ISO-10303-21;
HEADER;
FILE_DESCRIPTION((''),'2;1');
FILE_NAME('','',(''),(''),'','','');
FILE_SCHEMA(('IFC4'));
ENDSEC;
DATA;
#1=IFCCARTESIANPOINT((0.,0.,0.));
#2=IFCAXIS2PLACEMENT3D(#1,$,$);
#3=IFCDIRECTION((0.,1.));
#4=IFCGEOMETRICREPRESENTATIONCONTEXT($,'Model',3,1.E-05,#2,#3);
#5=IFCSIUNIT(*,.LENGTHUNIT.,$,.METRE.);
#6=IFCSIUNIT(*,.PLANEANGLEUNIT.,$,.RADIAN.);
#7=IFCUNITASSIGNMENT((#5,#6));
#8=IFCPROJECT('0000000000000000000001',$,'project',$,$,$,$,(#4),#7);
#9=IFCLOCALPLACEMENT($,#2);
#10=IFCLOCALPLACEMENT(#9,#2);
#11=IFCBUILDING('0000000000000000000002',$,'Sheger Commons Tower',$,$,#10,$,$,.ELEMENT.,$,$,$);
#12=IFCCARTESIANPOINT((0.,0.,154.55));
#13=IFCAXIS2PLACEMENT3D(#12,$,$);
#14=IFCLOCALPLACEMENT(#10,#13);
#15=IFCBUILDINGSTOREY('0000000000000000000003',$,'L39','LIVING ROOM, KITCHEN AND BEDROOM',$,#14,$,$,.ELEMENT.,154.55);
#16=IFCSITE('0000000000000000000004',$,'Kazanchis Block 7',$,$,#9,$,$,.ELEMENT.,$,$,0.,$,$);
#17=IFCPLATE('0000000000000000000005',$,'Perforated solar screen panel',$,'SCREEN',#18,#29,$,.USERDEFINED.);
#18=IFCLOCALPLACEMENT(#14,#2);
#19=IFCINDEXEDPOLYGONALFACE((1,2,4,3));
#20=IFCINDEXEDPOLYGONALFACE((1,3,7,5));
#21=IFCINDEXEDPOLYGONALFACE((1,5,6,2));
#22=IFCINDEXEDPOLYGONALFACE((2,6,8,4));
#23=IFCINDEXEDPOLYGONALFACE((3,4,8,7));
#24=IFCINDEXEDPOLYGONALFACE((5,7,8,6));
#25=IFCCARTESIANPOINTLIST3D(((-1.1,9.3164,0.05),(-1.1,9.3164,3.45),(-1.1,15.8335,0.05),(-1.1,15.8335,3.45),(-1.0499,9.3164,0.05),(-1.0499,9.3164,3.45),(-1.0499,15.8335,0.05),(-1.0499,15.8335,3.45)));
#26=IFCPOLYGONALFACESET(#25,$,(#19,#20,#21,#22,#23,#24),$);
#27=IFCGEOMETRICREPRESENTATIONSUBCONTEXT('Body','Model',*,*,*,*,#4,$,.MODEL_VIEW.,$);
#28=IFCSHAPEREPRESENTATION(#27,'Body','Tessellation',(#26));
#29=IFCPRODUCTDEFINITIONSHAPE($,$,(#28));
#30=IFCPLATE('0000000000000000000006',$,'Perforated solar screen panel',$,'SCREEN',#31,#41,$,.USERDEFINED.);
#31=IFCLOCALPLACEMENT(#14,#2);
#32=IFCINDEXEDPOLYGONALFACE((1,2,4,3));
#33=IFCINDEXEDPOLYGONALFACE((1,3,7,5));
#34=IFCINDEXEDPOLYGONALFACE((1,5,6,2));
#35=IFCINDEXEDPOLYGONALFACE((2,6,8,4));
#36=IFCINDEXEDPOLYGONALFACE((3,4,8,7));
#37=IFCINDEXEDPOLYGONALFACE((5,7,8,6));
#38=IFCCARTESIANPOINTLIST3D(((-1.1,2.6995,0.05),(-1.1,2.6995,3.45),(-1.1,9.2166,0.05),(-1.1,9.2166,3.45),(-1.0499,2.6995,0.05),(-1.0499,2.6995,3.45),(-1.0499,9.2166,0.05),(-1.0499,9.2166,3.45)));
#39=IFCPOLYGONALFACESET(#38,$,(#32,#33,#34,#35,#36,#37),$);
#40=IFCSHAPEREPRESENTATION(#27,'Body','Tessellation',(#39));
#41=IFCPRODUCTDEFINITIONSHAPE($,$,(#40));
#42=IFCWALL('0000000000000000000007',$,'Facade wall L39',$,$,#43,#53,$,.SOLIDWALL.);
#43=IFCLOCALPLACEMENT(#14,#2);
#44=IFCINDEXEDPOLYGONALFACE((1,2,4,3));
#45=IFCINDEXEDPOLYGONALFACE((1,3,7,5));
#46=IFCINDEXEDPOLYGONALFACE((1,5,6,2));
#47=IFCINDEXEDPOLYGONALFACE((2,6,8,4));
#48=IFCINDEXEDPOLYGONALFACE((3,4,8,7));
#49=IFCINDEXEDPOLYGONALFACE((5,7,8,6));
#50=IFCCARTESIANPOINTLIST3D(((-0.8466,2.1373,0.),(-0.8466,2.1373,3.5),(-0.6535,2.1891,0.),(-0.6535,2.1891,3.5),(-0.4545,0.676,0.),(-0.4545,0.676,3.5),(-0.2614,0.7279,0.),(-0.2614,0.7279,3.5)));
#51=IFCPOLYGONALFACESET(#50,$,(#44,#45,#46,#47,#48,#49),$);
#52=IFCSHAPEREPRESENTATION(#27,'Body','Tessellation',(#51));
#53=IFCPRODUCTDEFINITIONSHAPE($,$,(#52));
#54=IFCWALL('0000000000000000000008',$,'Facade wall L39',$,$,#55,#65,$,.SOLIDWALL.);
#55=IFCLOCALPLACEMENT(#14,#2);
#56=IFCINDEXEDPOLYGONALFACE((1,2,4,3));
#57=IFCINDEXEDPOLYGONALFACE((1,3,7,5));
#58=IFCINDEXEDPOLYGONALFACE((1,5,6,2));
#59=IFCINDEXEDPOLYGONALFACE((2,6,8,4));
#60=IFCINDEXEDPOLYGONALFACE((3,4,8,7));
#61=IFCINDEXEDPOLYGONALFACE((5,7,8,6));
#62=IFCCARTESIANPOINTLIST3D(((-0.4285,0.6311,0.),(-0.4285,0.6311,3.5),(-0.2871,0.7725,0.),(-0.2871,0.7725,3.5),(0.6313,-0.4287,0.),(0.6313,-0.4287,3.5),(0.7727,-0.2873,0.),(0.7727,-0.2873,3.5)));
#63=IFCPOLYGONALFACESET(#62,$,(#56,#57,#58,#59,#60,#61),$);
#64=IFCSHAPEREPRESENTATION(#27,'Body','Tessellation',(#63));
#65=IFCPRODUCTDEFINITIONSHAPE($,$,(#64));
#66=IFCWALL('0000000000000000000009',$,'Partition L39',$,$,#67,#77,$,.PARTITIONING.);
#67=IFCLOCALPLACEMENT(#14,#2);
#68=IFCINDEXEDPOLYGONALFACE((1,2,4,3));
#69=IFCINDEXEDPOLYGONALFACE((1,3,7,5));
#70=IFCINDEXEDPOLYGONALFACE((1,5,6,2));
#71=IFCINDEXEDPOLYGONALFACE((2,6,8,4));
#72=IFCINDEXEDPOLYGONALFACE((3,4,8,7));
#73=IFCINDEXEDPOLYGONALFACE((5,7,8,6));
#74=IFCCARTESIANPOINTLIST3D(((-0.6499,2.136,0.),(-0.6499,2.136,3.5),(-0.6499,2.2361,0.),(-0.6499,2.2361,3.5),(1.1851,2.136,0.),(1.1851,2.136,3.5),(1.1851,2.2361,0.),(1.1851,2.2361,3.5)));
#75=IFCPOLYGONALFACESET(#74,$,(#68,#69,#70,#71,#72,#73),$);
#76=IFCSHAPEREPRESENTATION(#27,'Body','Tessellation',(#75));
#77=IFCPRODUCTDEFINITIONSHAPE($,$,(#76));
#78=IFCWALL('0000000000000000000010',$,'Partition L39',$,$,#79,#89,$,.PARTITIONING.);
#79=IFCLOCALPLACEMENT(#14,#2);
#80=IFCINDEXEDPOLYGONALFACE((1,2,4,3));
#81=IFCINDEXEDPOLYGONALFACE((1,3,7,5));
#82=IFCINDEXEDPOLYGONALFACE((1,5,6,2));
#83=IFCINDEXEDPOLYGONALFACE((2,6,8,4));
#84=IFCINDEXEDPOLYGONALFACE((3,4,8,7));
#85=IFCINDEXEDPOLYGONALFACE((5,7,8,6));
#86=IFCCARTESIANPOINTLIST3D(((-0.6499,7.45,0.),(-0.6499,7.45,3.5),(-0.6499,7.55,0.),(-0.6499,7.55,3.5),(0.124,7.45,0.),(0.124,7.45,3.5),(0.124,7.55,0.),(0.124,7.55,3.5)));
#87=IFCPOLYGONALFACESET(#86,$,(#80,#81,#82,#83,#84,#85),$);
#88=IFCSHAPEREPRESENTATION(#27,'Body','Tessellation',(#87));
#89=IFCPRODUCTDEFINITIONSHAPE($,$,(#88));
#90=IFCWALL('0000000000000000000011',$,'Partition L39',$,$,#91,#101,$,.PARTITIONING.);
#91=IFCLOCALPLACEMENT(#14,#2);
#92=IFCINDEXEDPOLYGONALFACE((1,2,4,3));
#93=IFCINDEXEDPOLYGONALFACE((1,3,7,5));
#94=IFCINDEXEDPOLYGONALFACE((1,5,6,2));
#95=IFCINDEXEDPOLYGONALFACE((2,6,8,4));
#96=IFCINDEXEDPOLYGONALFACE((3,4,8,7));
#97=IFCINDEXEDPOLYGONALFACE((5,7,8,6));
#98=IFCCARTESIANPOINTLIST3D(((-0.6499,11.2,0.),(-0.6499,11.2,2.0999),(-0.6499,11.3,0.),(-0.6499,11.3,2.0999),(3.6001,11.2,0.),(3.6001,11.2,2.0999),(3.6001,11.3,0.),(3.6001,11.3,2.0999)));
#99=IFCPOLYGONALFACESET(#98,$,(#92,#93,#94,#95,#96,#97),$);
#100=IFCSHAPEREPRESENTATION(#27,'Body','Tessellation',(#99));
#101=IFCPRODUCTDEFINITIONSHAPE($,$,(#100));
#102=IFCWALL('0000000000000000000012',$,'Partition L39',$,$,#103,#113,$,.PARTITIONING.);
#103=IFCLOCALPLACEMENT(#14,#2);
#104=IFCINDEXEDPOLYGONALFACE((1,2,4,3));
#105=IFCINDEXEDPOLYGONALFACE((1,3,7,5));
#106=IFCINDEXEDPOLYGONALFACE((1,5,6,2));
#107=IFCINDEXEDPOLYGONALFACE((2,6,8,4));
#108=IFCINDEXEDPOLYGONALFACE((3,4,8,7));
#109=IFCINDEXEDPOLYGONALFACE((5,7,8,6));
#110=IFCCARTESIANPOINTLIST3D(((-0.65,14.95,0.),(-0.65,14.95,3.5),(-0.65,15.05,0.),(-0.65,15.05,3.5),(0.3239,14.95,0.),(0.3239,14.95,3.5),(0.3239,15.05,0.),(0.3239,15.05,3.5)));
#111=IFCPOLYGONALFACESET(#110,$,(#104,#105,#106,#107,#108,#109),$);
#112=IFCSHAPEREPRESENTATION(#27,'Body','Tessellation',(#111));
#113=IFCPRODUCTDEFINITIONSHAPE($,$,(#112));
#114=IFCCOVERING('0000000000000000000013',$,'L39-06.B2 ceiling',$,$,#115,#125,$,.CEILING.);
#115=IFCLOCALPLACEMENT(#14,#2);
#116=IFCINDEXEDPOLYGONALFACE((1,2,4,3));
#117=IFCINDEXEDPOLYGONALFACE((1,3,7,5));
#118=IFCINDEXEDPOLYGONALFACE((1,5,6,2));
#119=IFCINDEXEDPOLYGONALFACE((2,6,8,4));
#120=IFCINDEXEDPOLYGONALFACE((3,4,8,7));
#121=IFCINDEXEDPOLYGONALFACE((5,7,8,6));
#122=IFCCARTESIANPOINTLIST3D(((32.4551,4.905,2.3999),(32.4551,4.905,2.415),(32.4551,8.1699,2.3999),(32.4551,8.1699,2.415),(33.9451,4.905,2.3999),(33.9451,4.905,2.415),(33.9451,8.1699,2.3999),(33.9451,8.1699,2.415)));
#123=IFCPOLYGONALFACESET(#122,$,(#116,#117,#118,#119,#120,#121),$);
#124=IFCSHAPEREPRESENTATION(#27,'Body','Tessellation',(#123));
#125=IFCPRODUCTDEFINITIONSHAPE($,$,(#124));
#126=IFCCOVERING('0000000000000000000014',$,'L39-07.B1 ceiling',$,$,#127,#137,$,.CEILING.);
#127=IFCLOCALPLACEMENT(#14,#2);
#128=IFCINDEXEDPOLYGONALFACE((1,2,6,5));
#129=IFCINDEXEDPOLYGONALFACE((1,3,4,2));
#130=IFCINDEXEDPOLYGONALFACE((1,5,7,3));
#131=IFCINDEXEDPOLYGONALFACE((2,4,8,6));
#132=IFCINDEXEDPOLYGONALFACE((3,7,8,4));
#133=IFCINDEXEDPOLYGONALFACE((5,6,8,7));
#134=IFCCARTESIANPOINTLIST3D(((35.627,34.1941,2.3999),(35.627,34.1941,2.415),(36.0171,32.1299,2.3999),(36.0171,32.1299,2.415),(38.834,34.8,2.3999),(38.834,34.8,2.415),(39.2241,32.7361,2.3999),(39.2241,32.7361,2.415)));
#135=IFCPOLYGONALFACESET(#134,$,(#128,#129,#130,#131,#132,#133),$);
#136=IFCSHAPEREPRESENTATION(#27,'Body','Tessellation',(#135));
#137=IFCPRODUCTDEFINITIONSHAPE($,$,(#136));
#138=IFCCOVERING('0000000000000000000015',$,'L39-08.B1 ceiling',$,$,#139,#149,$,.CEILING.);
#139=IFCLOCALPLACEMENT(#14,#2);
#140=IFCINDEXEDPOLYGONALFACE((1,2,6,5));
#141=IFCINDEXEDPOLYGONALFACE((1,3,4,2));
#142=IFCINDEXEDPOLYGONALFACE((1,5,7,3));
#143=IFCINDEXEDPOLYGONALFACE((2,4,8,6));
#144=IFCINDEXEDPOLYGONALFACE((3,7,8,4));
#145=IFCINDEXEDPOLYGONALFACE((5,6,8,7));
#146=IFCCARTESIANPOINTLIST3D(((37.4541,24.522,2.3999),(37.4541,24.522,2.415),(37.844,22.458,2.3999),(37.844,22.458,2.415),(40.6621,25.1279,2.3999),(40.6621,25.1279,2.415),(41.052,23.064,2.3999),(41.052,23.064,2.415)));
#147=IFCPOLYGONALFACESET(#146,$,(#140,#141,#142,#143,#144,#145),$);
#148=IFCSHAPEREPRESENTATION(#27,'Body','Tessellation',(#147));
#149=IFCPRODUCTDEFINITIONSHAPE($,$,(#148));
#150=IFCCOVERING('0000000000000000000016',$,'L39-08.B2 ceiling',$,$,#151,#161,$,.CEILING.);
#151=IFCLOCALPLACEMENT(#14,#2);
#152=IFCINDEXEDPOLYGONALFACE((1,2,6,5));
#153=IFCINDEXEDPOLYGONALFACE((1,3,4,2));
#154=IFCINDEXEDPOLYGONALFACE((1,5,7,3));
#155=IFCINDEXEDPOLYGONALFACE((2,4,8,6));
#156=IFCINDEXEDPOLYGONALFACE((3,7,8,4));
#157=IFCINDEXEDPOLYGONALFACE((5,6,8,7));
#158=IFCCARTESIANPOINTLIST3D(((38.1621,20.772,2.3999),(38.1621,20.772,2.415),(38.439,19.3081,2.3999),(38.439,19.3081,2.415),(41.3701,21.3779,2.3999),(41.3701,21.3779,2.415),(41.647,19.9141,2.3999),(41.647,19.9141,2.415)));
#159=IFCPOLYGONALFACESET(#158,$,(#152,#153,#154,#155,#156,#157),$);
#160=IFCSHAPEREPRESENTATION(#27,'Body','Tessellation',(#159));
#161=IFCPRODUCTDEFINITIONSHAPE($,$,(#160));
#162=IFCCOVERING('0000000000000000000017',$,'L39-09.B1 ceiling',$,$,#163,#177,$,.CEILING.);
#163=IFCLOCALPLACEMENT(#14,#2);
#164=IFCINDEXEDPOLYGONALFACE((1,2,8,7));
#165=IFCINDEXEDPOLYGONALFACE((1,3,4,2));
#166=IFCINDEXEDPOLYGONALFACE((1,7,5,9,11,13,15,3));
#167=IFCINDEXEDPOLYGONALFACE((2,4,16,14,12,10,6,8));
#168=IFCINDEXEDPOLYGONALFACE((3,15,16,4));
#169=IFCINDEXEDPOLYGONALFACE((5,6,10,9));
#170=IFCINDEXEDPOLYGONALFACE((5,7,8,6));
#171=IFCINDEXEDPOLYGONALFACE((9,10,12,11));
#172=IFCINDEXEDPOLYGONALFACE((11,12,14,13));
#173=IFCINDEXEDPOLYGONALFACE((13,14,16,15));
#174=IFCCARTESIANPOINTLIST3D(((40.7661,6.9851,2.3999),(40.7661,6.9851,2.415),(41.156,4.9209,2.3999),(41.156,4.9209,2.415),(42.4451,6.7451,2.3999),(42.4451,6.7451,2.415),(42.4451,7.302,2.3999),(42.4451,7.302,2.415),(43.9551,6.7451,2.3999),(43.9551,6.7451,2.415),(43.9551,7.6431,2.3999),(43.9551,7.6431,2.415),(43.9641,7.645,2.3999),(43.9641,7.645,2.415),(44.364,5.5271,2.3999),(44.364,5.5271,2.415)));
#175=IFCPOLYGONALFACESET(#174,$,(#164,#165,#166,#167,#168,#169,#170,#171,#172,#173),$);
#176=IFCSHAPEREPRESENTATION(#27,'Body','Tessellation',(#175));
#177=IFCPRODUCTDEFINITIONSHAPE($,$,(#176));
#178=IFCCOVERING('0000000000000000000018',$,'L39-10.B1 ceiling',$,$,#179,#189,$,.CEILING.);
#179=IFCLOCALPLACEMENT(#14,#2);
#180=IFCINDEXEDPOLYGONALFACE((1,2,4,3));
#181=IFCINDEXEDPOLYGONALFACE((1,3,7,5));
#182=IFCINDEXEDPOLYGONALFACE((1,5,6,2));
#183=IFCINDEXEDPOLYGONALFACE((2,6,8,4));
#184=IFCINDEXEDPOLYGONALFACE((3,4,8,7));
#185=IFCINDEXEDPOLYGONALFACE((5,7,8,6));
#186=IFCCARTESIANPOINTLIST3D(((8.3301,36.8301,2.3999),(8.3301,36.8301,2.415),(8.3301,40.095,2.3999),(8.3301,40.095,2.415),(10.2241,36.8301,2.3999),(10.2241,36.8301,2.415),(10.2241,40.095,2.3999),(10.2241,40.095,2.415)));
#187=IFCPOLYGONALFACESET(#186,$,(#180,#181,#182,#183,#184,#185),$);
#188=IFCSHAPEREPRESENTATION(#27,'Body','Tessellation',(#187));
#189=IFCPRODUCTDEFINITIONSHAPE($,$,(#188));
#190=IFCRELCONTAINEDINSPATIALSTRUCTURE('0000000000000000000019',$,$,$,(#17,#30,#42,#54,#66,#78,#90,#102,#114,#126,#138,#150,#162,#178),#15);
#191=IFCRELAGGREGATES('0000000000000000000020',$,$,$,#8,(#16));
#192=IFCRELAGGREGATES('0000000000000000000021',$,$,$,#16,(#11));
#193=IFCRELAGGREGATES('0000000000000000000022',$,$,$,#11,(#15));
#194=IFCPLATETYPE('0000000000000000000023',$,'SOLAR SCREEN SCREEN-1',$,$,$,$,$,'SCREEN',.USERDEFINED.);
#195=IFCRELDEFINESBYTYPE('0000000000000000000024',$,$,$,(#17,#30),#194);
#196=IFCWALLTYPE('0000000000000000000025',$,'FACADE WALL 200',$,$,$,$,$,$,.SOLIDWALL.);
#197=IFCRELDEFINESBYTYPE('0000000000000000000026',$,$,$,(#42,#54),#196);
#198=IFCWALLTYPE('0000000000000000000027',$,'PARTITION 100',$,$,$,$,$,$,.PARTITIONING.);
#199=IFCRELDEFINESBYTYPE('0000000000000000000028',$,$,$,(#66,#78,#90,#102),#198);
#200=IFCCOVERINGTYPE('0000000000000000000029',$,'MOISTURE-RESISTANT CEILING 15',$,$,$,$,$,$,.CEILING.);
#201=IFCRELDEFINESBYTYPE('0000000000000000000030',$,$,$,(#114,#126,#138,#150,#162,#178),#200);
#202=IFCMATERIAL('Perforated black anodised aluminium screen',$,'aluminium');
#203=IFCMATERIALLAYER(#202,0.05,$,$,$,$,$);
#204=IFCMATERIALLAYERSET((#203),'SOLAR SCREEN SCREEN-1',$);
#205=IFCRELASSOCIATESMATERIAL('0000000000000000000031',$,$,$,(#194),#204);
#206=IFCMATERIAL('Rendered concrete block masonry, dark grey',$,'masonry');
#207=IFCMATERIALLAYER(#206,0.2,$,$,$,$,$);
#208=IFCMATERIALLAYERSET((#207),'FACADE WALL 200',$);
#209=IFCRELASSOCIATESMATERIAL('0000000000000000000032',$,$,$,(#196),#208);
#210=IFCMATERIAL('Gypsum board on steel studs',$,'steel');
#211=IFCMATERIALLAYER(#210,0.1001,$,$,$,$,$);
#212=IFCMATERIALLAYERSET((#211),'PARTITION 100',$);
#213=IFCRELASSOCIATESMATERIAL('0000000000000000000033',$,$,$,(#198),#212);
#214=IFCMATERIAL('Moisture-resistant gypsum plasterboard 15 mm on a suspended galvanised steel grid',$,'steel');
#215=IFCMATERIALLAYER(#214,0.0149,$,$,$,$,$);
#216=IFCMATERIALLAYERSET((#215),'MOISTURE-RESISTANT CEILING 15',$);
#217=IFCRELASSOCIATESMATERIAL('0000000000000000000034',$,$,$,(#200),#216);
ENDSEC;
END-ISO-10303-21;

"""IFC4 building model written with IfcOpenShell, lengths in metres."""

from ifc_helpers import new_model, si_unit, direction, frame, frame_2d, origin, origin_2d, place, context, subcontext, project, spatial, polyline, rectangle, outline, extrude, material, layer, layer_set, type_object, element, save


model = new_model("IFC4")

# Units and contexts
model_context = context("Model", 3, precision=1e-05, world=origin(), true_north=direction((0.0, 1.0)))
body_context = subcontext(model_context, "Body", "Model", "MODEL_VIEW")
ifc_project = project(units=[si_unit("LENGTHUNIT", "METRE"), si_unit("PLANEANGLEUNIT", "RADIAN")], contexts=[model_context])

# Site, building, storey
site_placement = place(None, origin())
site = spatial("IfcSite", under=ifc_project, at=site_placement, Name="Kazanchis Block 7", CompositionType="ELEMENT", RefElevation=0.0)
building_placement = place(site_placement, origin())
building = spatial("IfcBuilding", under=site, at=building_placement, Name="Sheger Commons Tower", CompositionType="ELEMENT")
storey_placement = place(building_placement, frame((0.0, 0.0, 154.55)))
storey = spatial("IfcBuildingStorey", under=building, at=storey_placement, Name="L39", Description="LIVING ROOM, KITCHEN AND BEDROOM", CompositionType="ELEMENT", Elevation=154.55)

# Plates
ifc_material_1 = material(Name="Perforated black anodised aluminium screen", Category="aluminium")
ifc_layer_1 = layer(ifc_material_1, 0.05)
ifc_layer_set_1 = layer_set([ifc_layer_1], Name="SOLAR SCREEN SCREEN-1")
plate_type = type_object("IfcPlateType", Name="SOLAR SCREEN SCREEN-1", ElementType="SCREEN", PredefinedType="USERDEFINED", material=ifc_layer_set_1)
for number, where, z_axis, x_axis, name in (
    (1, (-1.075, 12.575, 0.05), (0.0, 0.0, 1.0), (0.0, -1.0, 0.0), "Perforated solar screen panel"),
    (2, (-1.075, 5.958, 0.05), (0.0, 0.0, 1.0), (0.0, -1.0, 0.0), "Perforated solar screen panel"),
):
    element("IfcPlate", number, at=place(storey_placement, frame(where, z_axis=z_axis, x_axis=x_axis)), inside=storey, type_object=plate_type, Name=name, ObjectType="SCREEN", PredefinedType="USERDEFINED", context=body_context, shape_type="SweptSolid", body=[
        extrude(rectangle(XDim=6.5171, YDim=0.05, at=origin_2d()), origin(), (0.0, 0.0, 1.0), 3.3999),
    ])

# Walls
ifc_material_2 = material(Name="Rendered concrete block masonry, dark grey", Category="masonry")
ifc_layer_2 = layer(ifc_material_2, 0.2)
ifc_layer_set_2 = layer_set([ifc_layer_2], Name="FACADE WALL 200")
wall_type_1 = type_object("IfcWallType", Name="FACADE WALL 200", PredefinedType="SOLIDWALL", material=ifc_layer_set_2)
wall_1_placement = place(storey_placement, frame((-0.75, 2.1631, 0.0), z_axis=(0.0, 0.0, 1.0), x_axis=(0.259169, -0.965832, 0.0)))
element("IfcWall", 3, at=wall_1_placement, inside=storey, type_object=wall_type_1, Name="Facade wall L39", PredefinedType="SOLIDWALL", context=body_context, shape_type="SweptSolid", body=[
    extrude(rectangle(XDim=1.5129, YDim=0.2, at=frame_2d((0.7563, 0.0))), origin(), (0.0, 0.0, 1.0), 3.5),
])
wall_2_placement = place(storey_placement, frame((-0.3579, 0.7019, 0.0), z_axis=(0.0, 0.0, 1.0), x_axis=(0.707107, -0.707107, 0.0)))
element("IfcWall", 4, at=wall_2_placement, inside=storey, type_object=wall_type_1, Name="Facade wall L39", PredefinedType="SOLIDWALL", context=body_context, shape_type="SweptSolid", body=[
    extrude(rectangle(XDim=1.4988, YDim=0.2, at=frame_2d((0.7495, 0.0))), origin(), (0.0, 0.0, 1.0), 3.5),
])
ifc_material_3 = material(Name="Gypsum board on steel studs", Category="steel")
ifc_layer_3 = layer(ifc_material_3, 0.1001)
ifc_layer_set_3 = layer_set([ifc_layer_3], Name="PARTITION 100")
wall_type_2 = type_object("IfcWallType", Name="PARTITION 100", PredefinedType="PARTITIONING", material=ifc_layer_set_3)
wall_3_placement = place(storey_placement, frame((-0.6499, 2.186, 0.0), z_axis=(0.0, 0.0, 1.0), x_axis=(1.0, 0.0, 0.0)))
element("IfcWall", 5, at=wall_3_placement, inside=storey, type_object=wall_type_2, Name="Partition L39", PredefinedType="PARTITIONING", context=body_context, shape_type="SweptSolid", body=[
    extrude(rectangle(XDim=1.835, YDim=0.1001, at=frame_2d((0.9175, 0.0))), origin(), (0.0, 0.0, 1.0), 3.5),
])
wall_4_placement = place(storey_placement, frame((-0.6499, 7.5, 0.0), z_axis=(0.0, 0.0, 1.0), x_axis=(1.0, 0.0, 0.0)))
element("IfcWall", 6, at=wall_4_placement, inside=storey, type_object=wall_type_2, Name="Partition L39", PredefinedType="PARTITIONING", context=body_context, shape_type="SweptSolid", body=[
    extrude(rectangle(XDim=0.7739, YDim=0.1001, at=frame_2d((0.387, 0.0))), origin(), (0.0, 0.0, 1.0), 3.5),
])
wall_5_placement = place(storey_placement, frame((-0.6499, 11.25, 0.0), z_axis=(0.0, 0.0, 1.0), x_axis=(1.0, 0.0, 0.0)))
element("IfcWall", 7, at=wall_5_placement, inside=storey, type_object=wall_type_2, Name="Partition L39", PredefinedType="PARTITIONING", context=body_context, shape_type="SweptSolid", body=[
    extrude(rectangle(XDim=4.25, YDim=0.1001, at=frame_2d((2.125, 0.0))), origin(), (0.0, 0.0, 1.0), 2.0999),
])
wall_6_placement = place(storey_placement, frame((-0.6499, 15.0, 0.0), z_axis=(0.0, 0.0, 1.0), x_axis=(1.0, 0.0, 0.0)))
element("IfcWall", 8, at=wall_6_placement, inside=storey, type_object=wall_type_2, Name="Partition L39", PredefinedType="PARTITIONING", context=body_context, shape_type="SweptSolid", body=[
    extrude(rectangle(XDim=0.9739, YDim=0.1001, at=frame_2d((0.4868, 0.0))), origin(), (0.0, 0.0, 1.0), 3.5),
])

# Coverings
ifc_material_4 = material(Name="Moisture-resistant gypsum plasterboard 15 mm on a suspended galvanised steel grid", Category="steel")
ifc_layer_4 = layer(ifc_material_4, 0.0149)
ifc_layer_set_4 = layer_set([ifc_layer_4], Name="MOISTURE-RESISTANT CEILING 15")
covering_type_1 = type_object("IfcCoveringType", Name="MOISTURE-RESISTANT CEILING 15", PredefinedType="CEILING", material=ifc_layer_set_4)
covering_1_placement = place(storey_placement, frame((0.0, 0.0, 2.3999)))
element("IfcCovering", 9, at=covering_1_placement, inside=storey, type_object=covering_type_1, Name="L39-06.B2 ceiling", PredefinedType="CEILING", context=body_context, shape_type="SweptSolid", body=[
    extrude(outline(polyline([(32.4551, 4.905), (33.9451, 4.905), (33.9451, 8.1699), (32.4551, 8.1699), (32.4551, 4.905)])), origin(), (0.0, 0.0, 1.0), 0.0151),
])
covering_2_placement = place(storey_placement, frame((0.0, 0.0, 2.3999)))
element("IfcCovering", 10, at=covering_2_placement, inside=storey, type_object=covering_type_1, Name="L39-07.B1 ceiling", PredefinedType="CEILING", context=body_context, shape_type="SweptSolid", body=[
    extrude(outline(polyline([(36.0171, 32.1299), (39.2241, 32.7361), (38.834, 34.8), (35.627, 34.1941), (36.0171, 32.1299)])), origin(), (0.0, 0.0, 1.0), 0.0151),
])
covering_3_placement = place(storey_placement, frame((0.0, 0.0, 2.3999)))
element("IfcCovering", 11, at=covering_3_placement, inside=storey, type_object=covering_type_1, Name="L39-08.B1 ceiling", PredefinedType="CEILING", context=body_context, shape_type="SweptSolid", body=[
    extrude(outline(polyline([(37.844, 22.458), (41.052, 23.064), (40.6621, 25.1279), (37.4541, 24.522), (37.844, 22.458)])), origin(), (0.0, 0.0, 1.0), 0.0151),
])
covering_4_placement = place(storey_placement, frame((0.0, 0.0, 2.3999)))
element("IfcCovering", 12, at=covering_4_placement, inside=storey, type_object=covering_type_1, Name="L39-08.B2 ceiling", PredefinedType="CEILING", context=body_context, shape_type="SweptSolid", body=[
    extrude(outline(polyline([(38.439, 19.3081), (41.647, 19.9141), (41.3701, 21.3779), (38.1621, 20.772), (38.439, 19.3081)])), origin(), (0.0, 0.0, 1.0), 0.0151),
])
covering_5_placement = place(storey_placement, frame((0.0, 0.0, 2.3999)))
element("IfcCovering", 13, at=covering_5_placement, inside=storey, type_object=covering_type_1, Name="L39-09.B1 ceiling", PredefinedType="CEILING", context=body_context, shape_type="SweptSolid", body=[
    extrude(outline(polyline([(41.156, 4.9209), (44.364, 5.5271), (43.9641, 7.645), (43.9551, 7.6431), (43.9551, 6.7451), (42.4451, 6.7451), (42.4451, 7.302), (40.7661, 6.9851), (41.156, 4.9209)])), origin(), (0.0, 0.0, 1.0), 0.0151),
])
covering_6_placement = place(storey_placement, frame((0.0, 0.0, 2.3999)))
element("IfcCovering", 14, at=covering_6_placement, inside=storey, type_object=covering_type_1, Name="L39-10.B1 ceiling", PredefinedType="CEILING", context=body_context, shape_type="SweptSolid", body=[
    extrude(outline(polyline([(8.3301, 36.8301), (10.2241, 36.8301), (10.2241, 40.095), (8.3301, 40.095), (8.3301, 36.8301)])), origin(), (0.0, 0.0, 1.0), 0.0151),
])

save(model, "model.ifc")
